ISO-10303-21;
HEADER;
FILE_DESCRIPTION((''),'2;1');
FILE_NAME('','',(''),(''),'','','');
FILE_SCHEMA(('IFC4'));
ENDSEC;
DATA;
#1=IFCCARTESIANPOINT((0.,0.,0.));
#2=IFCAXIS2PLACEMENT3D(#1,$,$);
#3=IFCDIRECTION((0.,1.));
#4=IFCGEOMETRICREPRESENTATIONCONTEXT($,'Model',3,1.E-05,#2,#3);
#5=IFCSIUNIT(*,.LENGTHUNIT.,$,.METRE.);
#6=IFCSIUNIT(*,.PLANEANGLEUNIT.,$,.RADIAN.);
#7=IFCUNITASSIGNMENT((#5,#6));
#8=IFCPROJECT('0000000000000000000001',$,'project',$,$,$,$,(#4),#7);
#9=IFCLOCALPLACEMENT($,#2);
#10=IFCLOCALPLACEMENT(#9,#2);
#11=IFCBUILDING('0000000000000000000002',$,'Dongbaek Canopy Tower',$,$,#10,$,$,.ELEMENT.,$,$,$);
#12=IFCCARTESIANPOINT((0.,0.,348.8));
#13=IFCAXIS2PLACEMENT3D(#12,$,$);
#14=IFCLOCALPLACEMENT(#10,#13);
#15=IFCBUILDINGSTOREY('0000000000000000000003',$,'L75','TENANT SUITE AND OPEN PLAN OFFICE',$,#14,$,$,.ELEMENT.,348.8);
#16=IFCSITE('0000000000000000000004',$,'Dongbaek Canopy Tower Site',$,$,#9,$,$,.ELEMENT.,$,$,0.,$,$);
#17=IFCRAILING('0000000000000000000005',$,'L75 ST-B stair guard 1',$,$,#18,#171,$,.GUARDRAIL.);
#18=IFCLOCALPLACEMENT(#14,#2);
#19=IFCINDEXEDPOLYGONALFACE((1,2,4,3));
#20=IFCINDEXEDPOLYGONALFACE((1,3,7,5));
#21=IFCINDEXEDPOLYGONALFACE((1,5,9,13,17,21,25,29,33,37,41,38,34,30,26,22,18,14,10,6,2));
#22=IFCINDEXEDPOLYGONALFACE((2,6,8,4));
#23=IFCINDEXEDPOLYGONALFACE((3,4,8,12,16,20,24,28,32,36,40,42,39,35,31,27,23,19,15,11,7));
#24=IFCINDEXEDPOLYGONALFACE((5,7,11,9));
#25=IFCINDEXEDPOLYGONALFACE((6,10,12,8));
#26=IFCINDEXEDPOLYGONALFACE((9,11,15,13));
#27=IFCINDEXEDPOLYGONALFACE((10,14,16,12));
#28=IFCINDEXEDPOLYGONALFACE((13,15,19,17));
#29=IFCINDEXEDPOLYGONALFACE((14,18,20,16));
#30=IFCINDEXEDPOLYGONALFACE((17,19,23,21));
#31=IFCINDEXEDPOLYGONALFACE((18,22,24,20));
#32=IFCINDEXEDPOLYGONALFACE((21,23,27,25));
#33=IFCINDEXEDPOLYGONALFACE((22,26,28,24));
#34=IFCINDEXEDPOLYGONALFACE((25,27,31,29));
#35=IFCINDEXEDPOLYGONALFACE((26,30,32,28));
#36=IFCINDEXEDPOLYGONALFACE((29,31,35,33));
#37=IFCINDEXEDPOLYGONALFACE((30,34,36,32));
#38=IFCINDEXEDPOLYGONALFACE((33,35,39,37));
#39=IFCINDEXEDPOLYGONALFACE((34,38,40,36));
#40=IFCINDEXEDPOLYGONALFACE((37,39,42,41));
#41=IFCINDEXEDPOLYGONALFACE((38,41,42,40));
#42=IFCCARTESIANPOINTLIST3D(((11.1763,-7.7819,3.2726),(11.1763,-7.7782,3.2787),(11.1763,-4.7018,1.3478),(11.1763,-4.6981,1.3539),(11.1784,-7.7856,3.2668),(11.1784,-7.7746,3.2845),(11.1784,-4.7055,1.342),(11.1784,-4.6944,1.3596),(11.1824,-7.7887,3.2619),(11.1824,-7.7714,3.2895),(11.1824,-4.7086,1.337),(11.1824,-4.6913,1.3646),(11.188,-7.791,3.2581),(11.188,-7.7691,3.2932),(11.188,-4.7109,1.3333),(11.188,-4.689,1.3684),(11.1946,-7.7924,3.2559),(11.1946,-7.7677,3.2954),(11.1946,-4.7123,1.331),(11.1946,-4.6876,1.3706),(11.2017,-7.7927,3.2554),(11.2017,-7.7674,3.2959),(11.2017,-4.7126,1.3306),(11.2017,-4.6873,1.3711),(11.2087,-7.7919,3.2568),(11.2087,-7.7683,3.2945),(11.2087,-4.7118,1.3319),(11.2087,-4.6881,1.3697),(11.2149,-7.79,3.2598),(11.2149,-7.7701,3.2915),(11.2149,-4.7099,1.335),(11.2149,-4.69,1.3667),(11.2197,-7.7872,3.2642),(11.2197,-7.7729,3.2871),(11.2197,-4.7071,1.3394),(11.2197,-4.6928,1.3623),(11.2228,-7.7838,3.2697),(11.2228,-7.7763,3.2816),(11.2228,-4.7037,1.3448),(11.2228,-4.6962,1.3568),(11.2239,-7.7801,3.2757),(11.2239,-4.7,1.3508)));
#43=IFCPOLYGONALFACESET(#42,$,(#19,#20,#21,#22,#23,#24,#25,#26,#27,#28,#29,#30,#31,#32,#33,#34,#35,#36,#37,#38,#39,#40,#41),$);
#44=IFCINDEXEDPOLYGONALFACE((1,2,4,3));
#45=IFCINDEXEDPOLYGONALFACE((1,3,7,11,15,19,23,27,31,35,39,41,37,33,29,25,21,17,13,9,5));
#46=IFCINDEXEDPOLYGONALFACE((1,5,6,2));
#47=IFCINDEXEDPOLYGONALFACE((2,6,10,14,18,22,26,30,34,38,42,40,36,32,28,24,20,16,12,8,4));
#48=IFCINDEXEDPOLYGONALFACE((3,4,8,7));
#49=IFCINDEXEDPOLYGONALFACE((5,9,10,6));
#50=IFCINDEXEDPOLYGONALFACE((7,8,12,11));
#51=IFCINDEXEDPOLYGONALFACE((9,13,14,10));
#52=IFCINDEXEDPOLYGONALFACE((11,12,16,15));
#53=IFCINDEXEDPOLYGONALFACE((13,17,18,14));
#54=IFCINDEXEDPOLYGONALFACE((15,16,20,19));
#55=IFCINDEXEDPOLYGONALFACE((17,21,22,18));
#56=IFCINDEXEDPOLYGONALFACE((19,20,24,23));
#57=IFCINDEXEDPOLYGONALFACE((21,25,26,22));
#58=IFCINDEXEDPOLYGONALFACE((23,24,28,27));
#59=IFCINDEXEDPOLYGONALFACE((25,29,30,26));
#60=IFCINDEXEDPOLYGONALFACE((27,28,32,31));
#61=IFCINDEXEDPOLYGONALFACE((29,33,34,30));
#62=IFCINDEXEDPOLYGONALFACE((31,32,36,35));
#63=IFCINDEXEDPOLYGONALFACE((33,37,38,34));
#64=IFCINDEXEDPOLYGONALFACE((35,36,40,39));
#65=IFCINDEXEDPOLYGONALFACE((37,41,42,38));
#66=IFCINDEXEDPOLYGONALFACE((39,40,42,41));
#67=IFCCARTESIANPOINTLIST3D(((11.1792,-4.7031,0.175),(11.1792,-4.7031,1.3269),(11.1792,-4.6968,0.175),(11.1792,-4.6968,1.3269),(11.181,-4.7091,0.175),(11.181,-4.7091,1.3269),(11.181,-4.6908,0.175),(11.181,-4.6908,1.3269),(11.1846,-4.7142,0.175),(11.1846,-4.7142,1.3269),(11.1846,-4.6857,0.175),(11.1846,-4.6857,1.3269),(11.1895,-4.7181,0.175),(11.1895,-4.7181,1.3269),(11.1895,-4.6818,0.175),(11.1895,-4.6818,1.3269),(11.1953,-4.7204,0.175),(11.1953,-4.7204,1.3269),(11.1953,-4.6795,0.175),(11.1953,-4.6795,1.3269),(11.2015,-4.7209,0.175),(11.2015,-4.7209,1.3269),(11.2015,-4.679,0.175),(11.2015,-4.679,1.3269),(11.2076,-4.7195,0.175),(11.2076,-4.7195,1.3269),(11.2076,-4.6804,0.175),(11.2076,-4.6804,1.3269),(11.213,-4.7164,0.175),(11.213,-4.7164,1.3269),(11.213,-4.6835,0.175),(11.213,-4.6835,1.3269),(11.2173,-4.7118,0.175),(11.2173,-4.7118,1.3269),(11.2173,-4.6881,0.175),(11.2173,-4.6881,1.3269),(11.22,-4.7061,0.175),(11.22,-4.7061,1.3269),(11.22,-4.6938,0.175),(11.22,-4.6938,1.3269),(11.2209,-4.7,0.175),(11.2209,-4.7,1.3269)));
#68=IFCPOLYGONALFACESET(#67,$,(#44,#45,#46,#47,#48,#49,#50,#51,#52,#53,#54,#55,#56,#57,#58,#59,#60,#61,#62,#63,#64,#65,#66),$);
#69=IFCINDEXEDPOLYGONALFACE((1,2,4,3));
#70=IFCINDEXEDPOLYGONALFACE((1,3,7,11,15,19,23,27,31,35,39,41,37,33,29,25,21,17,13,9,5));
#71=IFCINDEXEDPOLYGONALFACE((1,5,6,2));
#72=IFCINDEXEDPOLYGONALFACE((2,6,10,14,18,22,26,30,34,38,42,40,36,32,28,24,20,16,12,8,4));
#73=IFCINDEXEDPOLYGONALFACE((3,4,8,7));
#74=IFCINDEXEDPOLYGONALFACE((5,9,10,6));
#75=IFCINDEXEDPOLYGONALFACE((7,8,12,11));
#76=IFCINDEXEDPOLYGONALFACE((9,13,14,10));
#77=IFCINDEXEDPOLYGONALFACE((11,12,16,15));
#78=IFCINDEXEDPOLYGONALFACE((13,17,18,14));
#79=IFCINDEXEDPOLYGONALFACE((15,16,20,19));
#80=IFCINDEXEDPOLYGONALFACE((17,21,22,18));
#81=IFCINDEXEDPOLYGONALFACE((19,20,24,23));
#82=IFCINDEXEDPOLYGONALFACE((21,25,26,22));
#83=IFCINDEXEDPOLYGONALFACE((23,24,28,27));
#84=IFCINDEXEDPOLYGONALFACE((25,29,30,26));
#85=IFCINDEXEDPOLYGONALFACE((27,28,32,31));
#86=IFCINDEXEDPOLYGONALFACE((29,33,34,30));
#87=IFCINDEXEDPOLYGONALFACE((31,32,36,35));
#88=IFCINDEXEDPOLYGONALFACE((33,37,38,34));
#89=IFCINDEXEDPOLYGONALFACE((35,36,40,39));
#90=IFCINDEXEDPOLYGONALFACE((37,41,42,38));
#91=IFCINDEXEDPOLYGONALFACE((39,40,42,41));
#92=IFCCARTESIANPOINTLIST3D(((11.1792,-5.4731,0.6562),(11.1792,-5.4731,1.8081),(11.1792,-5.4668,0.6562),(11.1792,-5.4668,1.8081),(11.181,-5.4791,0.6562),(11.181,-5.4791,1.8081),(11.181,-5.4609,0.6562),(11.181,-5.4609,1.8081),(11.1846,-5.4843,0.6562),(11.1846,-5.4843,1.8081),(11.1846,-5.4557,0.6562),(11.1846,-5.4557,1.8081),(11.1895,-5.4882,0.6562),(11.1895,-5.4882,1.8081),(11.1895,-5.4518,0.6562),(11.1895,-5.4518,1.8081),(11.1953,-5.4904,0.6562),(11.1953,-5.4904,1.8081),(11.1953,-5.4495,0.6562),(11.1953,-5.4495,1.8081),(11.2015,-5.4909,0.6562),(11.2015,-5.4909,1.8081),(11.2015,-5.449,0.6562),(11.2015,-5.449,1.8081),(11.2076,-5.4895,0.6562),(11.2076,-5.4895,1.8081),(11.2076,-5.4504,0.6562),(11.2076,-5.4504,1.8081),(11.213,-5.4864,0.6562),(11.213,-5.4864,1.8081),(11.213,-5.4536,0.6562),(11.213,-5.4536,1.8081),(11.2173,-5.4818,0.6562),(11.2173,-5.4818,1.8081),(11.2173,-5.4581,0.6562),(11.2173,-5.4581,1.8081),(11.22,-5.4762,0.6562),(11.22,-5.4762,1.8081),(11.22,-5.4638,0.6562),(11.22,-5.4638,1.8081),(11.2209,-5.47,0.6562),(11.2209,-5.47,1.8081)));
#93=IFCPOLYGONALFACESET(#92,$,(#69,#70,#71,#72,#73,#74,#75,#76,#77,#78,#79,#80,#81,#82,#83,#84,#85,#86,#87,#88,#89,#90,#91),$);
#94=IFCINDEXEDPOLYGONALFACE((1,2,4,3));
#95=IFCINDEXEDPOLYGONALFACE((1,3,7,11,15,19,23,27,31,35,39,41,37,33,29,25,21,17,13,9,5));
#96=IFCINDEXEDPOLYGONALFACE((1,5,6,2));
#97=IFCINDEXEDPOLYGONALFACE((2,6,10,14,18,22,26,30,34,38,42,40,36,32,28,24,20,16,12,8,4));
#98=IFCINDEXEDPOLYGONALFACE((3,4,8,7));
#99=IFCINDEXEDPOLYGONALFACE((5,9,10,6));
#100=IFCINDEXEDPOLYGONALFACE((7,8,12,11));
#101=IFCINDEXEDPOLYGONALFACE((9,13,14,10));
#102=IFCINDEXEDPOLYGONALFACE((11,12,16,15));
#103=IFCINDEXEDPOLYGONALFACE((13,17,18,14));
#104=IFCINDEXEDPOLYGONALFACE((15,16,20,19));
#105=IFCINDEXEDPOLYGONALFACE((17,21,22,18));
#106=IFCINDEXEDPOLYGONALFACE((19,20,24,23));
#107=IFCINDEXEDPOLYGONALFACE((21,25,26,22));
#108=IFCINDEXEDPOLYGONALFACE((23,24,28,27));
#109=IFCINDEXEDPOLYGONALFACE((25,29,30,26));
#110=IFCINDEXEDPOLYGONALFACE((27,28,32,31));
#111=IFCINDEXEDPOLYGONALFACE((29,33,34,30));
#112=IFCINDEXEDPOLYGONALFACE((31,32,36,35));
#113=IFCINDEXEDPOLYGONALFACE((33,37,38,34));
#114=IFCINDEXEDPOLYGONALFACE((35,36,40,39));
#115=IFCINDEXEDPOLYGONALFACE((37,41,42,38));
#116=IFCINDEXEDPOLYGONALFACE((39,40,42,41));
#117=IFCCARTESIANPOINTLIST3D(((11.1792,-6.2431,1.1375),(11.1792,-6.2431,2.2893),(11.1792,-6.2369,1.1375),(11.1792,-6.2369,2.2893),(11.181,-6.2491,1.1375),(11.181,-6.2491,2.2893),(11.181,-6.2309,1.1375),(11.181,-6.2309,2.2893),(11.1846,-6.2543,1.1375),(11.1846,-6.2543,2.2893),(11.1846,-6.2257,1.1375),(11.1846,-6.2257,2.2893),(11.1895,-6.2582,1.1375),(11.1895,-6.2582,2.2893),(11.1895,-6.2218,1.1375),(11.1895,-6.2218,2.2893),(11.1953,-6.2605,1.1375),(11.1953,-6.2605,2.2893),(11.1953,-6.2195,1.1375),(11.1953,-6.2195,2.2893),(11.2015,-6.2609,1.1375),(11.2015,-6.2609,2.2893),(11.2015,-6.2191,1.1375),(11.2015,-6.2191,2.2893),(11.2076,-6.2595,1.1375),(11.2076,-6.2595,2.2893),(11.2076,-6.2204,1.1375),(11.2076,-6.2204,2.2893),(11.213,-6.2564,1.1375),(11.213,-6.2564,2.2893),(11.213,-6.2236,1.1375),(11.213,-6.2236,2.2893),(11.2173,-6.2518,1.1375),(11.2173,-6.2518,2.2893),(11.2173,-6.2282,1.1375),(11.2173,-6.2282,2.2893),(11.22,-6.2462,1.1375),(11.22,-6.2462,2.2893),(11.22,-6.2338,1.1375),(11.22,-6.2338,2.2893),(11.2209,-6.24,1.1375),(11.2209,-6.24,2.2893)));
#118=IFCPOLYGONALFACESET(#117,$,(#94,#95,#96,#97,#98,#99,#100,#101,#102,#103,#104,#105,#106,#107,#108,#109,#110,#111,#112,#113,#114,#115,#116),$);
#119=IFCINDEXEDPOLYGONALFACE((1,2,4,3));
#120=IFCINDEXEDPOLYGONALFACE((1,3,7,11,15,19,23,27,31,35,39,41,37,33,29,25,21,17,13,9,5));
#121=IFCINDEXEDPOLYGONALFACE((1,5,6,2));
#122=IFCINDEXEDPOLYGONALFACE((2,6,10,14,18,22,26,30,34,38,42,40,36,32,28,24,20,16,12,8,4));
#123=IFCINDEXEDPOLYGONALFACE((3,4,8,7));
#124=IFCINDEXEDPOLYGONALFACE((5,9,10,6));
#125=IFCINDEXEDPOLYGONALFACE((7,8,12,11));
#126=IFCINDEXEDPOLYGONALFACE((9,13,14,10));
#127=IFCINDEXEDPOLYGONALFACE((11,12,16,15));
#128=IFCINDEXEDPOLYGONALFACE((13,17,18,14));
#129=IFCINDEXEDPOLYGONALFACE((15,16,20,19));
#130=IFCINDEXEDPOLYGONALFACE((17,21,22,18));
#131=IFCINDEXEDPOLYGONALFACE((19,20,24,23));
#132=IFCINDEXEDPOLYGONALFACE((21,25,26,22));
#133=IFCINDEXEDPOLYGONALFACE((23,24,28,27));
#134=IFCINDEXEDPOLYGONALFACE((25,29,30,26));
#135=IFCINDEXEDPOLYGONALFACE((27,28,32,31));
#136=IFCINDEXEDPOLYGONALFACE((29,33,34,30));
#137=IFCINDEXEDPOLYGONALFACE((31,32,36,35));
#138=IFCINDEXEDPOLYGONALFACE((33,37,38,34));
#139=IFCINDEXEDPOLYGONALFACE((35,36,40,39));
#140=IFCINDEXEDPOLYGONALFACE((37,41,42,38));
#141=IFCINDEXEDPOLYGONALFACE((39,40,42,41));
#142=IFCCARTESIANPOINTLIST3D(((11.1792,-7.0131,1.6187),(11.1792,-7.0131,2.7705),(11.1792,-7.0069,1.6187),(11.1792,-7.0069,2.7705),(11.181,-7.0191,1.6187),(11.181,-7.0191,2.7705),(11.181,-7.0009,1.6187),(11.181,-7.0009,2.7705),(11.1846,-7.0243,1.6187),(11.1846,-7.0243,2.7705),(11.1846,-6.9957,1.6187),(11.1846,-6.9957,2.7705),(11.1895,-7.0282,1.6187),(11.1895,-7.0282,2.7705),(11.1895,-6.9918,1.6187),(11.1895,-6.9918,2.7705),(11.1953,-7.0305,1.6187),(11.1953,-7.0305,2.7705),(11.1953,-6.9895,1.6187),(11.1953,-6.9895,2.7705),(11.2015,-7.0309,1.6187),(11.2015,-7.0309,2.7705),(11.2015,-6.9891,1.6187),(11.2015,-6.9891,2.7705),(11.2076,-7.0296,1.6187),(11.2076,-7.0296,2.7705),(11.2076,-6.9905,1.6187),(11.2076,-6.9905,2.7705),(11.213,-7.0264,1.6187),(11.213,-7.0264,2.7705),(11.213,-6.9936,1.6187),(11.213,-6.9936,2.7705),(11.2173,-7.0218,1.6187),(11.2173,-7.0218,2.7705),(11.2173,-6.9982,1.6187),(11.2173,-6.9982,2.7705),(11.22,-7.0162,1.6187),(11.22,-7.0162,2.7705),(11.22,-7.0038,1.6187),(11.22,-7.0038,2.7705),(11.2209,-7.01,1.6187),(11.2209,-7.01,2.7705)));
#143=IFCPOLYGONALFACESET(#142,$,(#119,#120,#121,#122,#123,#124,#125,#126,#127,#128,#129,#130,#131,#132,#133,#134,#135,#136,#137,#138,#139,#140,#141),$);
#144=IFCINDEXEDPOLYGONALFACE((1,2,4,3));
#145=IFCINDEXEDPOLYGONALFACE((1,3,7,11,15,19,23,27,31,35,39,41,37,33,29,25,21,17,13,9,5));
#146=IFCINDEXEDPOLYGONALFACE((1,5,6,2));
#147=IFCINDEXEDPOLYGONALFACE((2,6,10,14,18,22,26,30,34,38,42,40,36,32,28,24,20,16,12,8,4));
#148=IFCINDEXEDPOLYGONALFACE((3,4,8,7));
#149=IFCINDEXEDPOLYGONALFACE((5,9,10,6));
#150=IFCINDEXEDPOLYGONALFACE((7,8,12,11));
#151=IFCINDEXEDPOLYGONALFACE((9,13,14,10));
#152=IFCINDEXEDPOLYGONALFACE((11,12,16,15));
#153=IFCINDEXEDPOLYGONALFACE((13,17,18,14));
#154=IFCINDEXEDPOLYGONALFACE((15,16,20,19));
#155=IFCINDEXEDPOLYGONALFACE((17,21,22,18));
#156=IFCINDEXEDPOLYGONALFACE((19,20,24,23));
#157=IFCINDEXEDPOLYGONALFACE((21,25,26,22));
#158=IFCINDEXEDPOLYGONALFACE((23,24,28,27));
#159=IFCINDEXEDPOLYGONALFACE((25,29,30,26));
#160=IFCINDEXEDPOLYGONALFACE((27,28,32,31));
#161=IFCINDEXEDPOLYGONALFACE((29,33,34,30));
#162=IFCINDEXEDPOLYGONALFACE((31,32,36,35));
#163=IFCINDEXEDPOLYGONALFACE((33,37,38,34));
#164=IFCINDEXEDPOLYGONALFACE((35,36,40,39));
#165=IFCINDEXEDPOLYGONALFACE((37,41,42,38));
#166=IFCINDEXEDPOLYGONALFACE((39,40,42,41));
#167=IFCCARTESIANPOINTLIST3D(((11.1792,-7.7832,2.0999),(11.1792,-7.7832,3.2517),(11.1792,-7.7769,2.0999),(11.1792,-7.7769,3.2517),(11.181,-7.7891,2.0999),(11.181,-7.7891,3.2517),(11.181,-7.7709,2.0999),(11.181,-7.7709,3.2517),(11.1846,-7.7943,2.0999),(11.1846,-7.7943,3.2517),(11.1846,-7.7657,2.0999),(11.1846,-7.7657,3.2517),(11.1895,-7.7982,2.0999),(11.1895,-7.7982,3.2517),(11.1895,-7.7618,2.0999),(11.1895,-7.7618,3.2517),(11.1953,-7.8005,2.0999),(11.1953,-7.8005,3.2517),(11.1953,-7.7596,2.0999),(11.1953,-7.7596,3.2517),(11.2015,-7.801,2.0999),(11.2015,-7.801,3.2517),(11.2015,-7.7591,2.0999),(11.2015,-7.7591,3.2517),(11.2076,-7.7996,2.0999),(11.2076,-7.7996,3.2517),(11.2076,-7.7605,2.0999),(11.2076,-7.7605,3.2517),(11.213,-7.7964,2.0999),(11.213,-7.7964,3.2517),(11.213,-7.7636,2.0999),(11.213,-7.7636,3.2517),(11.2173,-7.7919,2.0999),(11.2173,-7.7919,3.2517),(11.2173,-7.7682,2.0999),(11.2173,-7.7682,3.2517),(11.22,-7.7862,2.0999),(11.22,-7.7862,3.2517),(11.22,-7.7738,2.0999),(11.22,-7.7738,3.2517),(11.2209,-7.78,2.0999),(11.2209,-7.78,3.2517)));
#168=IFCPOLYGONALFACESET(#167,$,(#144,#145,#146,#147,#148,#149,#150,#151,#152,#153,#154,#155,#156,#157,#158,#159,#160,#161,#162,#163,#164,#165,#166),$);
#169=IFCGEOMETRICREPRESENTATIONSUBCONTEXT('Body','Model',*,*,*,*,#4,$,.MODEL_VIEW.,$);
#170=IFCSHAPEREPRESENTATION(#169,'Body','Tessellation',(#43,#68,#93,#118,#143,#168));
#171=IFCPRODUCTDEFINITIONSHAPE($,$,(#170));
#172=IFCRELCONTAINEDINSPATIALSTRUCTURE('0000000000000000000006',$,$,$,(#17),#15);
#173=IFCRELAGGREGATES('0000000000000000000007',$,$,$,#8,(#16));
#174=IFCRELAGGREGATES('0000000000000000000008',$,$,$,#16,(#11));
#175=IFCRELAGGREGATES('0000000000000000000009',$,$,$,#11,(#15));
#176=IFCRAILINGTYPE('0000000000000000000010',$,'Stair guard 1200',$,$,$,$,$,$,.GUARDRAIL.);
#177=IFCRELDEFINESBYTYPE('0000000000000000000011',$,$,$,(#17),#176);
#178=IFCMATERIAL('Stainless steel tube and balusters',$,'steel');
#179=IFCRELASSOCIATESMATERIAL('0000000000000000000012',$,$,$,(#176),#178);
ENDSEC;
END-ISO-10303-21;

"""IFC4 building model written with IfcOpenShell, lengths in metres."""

from ifc_helpers import new_model, si_unit, direction, frame, origin, origin_2d, place, context, subcontext, project, spatial, circle, extrude, material, type_object, element, save


model = new_model("IFC4")

# Units and contexts
model_context = context("Model", 3, precision=1e-05, world=origin(), true_north=direction((0.0, 1.0)))
body_context = subcontext(model_context, "Body", "Model", "MODEL_VIEW")
ifc_project = project(units=[si_unit("LENGTHUNIT", "METRE"), si_unit("PLANEANGLEUNIT", "RADIAN")], contexts=[model_context])

# Site, building, storey
site_placement = place(None, origin())
site = spatial("IfcSite", under=ifc_project, at=site_placement, Name="Dongbaek Canopy Tower Site", CompositionType="ELEMENT", RefElevation=0.0)
building_placement = place(site_placement, origin())
building = spatial("IfcBuilding", under=site, at=building_placement, Name="Dongbaek Canopy Tower", CompositionType="ELEMENT")
storey_placement = place(building_placement, frame((0.0, 0.0, 348.8)))
storey = spatial("IfcBuildingStorey", under=building, at=storey_placement, Name="L75", Description="TENANT SUITE AND OPEN PLAN OFFICE", CompositionType="ELEMENT", Elevation=348.8)

# Railing
ifc_material_1 = material(Name="Stainless steel tube and balusters", Category="steel")
railing_type_1 = type_object("IfcRailingType", Name="Stair guard 1200", PredefinedType="GUARDRAIL", material=ifc_material_1)
railing_1_placement = place(storey_placement, frame((11.2, -4.7, 0.175)))
element("IfcRailing", 1, at=railing_1_placement, inside=storey, type_object=railing_type_1, Name="L75 ST-B stair guard 1", PredefinedType="GUARDRAIL", context=body_context, shape_type="SweptSolid", body=[
    extrude(circle(Radius=0.0239, at=origin_2d()), frame((0.0, 0.0, 1.1758), z_axis=(0.0, -0.848029, 0.529951), x_axis=(1.0, 0.0, 0.0)), (0.0, 0.0, 1.0), 3.6321),
    extrude(circle(Radius=0.021, at=origin_2d()), origin(), (0.0, 0.0, 1.0), 1.1519),
    extrude(circle(Radius=0.021, at=origin_2d()), frame((0.0, -0.77, 0.4812)), (0.0, 0.0, 1.0), 1.1519),
    extrude(circle(Radius=0.021, at=origin_2d()), frame((0.0, -1.54, 0.9624)), (0.0, 0.0, 1.0), 1.1519),
    extrude(circle(Radius=0.021, at=origin_2d()), frame((0.0, -2.3101, 1.4436)), (0.0, 0.0, 1.0), 1.1519),
    extrude(circle(Radius=0.021, at=origin_2d()), frame((0.0, -3.0801, 1.9248)), (0.0, 0.0, 1.0), 1.1519),
])

save(model, "model.ifc")
